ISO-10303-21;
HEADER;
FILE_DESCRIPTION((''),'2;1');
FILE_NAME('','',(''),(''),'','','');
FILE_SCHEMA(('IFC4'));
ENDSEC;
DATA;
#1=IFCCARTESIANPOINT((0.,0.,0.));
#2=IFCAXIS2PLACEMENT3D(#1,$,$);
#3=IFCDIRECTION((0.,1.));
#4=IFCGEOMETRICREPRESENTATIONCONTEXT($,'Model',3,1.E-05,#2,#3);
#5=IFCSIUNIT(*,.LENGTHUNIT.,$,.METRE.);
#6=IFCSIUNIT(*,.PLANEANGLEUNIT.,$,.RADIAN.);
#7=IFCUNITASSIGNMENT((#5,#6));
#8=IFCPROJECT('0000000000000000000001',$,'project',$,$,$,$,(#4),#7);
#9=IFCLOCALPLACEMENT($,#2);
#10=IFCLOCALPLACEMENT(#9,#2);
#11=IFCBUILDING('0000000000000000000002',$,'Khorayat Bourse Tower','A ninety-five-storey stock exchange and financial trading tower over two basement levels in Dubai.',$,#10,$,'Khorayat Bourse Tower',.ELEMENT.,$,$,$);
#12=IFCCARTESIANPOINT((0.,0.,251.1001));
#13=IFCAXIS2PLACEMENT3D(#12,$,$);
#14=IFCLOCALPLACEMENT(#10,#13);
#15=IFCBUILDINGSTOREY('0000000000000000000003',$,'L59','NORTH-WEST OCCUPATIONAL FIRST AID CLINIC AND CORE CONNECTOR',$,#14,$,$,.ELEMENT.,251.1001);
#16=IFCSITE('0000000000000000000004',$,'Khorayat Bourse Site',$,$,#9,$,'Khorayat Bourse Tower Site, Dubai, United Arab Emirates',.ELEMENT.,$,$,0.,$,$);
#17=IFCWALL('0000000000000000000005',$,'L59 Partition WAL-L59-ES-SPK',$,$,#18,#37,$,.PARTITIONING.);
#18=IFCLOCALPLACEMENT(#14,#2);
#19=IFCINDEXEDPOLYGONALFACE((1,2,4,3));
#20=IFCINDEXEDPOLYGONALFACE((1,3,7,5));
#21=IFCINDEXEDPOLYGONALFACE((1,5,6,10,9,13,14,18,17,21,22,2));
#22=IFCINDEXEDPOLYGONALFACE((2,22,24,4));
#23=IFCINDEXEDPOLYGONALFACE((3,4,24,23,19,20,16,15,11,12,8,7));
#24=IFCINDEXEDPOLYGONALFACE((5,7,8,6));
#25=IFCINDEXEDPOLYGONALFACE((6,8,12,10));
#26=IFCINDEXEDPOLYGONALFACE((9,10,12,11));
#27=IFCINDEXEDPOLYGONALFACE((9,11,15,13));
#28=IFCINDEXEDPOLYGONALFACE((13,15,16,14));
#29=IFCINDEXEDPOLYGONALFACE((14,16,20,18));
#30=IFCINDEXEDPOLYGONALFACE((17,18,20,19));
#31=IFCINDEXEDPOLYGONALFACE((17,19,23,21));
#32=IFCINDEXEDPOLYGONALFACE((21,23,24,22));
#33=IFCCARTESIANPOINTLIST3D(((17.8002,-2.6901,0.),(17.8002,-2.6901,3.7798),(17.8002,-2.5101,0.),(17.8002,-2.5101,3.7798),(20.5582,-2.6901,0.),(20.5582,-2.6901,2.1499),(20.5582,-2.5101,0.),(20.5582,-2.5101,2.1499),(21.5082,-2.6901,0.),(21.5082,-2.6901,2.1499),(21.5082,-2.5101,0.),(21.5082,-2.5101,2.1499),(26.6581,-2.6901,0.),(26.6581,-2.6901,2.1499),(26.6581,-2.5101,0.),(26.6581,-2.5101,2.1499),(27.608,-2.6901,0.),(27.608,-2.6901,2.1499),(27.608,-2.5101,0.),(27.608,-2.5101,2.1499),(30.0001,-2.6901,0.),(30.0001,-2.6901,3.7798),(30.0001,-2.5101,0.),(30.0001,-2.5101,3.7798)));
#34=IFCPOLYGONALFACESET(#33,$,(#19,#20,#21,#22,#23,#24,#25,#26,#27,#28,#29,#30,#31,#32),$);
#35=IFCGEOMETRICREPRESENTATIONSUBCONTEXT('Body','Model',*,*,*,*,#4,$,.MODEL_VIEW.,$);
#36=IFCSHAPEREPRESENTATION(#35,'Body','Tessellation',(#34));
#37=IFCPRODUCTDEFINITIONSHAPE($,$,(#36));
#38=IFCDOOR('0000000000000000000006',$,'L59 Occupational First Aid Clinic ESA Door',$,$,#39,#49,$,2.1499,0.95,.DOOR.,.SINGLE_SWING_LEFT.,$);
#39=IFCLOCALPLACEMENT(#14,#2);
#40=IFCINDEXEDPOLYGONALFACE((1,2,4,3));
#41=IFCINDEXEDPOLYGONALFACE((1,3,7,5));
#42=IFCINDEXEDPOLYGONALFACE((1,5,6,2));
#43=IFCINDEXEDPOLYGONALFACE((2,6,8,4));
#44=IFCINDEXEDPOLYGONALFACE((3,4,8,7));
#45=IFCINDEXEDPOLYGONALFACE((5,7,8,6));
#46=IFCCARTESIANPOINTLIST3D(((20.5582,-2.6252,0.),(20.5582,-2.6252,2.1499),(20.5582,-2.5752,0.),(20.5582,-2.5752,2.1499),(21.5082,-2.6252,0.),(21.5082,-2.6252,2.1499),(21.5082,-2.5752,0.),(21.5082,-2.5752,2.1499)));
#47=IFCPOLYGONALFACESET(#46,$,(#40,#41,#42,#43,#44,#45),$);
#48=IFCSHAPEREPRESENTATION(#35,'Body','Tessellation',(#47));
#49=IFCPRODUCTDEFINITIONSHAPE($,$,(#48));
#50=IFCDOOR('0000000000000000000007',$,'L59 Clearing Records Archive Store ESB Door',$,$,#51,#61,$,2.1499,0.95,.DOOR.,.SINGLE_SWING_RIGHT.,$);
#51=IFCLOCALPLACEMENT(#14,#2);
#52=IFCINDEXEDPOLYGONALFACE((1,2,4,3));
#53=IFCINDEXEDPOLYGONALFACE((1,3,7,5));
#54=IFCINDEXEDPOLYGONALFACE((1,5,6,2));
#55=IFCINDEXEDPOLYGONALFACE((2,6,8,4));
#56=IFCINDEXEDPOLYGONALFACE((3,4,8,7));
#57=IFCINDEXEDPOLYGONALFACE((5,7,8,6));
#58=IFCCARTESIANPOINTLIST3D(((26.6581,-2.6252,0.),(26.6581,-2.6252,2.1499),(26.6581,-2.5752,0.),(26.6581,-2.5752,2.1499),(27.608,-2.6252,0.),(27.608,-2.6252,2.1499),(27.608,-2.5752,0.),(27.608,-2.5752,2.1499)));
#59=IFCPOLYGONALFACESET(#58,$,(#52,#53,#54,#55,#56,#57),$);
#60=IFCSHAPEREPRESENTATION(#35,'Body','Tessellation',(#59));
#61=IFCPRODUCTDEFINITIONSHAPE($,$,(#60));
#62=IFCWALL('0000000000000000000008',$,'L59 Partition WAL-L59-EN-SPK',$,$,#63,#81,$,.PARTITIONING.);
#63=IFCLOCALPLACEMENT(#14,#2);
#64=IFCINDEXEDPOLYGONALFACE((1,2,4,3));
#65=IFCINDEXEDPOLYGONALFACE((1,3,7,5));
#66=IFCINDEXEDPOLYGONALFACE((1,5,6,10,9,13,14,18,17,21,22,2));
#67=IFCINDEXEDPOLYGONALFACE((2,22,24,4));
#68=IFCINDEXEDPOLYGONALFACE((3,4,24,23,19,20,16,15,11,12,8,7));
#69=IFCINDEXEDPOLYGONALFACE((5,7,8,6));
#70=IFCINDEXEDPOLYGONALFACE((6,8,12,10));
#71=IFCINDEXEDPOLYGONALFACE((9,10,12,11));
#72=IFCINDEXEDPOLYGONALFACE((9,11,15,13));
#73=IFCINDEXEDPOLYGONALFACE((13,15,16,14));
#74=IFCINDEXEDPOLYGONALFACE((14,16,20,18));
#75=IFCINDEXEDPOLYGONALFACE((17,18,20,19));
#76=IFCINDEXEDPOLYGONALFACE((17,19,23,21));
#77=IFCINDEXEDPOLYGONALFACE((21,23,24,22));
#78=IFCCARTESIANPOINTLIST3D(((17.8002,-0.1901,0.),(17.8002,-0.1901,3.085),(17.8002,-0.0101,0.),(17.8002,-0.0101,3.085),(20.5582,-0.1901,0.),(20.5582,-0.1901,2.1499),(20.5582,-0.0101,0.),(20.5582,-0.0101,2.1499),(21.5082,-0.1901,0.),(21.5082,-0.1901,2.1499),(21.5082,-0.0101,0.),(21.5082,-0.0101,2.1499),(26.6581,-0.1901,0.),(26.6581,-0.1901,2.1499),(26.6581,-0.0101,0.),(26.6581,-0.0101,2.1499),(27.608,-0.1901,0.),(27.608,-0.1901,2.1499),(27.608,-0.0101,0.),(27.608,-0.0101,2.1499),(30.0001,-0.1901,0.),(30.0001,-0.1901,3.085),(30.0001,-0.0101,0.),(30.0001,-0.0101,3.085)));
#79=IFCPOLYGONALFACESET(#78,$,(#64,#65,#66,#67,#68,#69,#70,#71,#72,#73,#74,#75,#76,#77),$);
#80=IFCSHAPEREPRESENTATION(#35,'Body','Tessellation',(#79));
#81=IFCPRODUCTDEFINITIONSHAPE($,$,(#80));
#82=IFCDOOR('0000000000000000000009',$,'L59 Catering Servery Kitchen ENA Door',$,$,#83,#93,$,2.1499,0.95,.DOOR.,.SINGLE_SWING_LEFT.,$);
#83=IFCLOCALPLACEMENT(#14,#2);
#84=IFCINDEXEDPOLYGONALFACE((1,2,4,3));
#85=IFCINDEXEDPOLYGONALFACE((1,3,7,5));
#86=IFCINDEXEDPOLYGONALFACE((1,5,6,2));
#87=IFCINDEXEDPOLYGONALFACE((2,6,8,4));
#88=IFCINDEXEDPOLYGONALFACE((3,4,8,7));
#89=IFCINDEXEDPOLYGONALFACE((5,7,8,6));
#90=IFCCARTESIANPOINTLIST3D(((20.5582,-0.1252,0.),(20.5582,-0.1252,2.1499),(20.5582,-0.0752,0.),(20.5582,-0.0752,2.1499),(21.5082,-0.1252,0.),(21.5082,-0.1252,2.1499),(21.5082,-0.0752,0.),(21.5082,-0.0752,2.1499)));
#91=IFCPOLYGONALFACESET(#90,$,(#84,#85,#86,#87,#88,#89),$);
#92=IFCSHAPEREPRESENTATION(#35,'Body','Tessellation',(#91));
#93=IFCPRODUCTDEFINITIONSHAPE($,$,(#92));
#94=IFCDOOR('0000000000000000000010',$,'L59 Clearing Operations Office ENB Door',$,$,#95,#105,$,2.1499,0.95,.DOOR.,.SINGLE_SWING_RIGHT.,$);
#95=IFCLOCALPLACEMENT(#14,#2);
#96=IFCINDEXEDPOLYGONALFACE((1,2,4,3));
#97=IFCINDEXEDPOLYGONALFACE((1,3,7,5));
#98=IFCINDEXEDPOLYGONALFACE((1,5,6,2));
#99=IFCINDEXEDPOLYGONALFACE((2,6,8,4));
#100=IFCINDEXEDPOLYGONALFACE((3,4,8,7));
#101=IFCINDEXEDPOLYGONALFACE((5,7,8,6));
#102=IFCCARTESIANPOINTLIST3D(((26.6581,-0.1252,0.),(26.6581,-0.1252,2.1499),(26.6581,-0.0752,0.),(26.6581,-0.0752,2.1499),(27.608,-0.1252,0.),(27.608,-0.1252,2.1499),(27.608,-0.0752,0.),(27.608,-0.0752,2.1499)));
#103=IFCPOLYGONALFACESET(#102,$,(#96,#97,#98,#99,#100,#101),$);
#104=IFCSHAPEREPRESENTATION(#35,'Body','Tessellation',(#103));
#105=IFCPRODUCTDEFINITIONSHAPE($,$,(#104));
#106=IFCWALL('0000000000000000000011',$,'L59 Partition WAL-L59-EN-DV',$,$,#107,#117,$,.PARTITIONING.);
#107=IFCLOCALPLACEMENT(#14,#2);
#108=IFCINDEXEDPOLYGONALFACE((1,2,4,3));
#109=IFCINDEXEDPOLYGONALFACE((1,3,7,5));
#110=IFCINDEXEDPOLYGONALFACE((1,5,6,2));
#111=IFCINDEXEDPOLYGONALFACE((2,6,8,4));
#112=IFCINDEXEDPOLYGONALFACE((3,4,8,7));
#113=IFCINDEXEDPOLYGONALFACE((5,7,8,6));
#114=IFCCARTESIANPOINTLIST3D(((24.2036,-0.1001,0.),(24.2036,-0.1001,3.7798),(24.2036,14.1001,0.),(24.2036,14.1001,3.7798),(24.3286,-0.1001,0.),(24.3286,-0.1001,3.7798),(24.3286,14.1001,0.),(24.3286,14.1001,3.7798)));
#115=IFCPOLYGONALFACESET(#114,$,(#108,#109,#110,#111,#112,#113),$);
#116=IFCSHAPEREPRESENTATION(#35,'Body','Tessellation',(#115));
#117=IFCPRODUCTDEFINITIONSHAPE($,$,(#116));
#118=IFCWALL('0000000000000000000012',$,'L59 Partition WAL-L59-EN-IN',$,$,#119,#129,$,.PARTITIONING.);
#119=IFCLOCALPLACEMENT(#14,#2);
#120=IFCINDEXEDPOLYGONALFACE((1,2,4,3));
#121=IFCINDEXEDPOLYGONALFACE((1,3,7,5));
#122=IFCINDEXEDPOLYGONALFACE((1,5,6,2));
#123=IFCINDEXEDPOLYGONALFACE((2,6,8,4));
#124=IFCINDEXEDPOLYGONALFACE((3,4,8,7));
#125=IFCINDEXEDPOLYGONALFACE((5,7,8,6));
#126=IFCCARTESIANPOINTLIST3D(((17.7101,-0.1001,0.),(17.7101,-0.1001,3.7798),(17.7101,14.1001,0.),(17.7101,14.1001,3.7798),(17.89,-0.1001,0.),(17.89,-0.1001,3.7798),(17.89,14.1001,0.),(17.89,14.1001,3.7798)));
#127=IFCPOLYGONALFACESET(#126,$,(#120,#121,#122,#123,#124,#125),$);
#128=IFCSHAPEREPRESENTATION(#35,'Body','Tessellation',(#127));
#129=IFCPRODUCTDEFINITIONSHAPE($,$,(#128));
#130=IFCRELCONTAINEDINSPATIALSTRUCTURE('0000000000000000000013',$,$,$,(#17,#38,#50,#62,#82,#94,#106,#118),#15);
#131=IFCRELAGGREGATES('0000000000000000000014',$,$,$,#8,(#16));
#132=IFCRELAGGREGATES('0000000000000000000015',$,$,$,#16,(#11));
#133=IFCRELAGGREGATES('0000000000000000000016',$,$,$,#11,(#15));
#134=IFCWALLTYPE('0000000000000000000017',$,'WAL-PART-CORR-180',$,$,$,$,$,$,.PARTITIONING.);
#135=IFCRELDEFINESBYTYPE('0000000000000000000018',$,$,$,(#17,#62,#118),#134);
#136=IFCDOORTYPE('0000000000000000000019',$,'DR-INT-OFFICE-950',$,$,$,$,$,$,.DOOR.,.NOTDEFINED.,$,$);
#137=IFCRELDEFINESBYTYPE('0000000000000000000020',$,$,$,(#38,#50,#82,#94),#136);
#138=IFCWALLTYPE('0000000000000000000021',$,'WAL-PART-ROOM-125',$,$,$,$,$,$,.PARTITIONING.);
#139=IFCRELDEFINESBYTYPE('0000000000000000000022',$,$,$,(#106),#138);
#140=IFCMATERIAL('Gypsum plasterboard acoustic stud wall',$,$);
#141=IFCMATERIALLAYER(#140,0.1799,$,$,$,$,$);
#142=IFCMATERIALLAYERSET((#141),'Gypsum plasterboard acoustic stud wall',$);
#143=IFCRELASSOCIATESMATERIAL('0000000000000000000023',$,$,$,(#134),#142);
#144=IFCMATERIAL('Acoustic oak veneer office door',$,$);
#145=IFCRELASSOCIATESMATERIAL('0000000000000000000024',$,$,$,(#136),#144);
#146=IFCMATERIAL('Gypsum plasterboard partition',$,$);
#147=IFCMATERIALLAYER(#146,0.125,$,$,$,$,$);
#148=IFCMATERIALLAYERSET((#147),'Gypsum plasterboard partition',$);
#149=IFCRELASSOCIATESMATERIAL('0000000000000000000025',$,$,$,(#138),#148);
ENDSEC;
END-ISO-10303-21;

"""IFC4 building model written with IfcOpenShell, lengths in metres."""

from ifc_helpers import new_model, si_unit, direction, frame, frame_2d, origin, place, context, subcontext, project, spatial, rectangle, extrude, source, transform, mapped, material, layer, layer_set, type_object, element, fill, save


model = new_model("IFC4")

# Units and contexts
model_context = context("Model", 3, precision=1e-05, world=origin(), true_north=direction((0.0, 1.0)))
body_context = subcontext(model_context, "Body", "Model", "MODEL_VIEW")
ifc_project = project(units=[si_unit("LENGTHUNIT", "METRE"), si_unit("PLANEANGLEUNIT", "RADIAN")], contexts=[model_context])

# Site, building, storey
site_placement = place(None, origin())
site = spatial("IfcSite", under=ifc_project, at=site_placement, Name="Khorayat Bourse Site", LongName="Khorayat Bourse Tower Site, Dubai, United Arab Emirates", CompositionType="ELEMENT", RefElevation=0.0)
building_placement = place(site_placement, origin())
building = spatial("IfcBuilding", under=site, at=building_placement, Name="Khorayat Bourse Tower", Description="A ninety-five-storey stock exchange and financial trading tower over two basement levels in Dubai.", LongName="Khorayat Bourse Tower", CompositionType="ELEMENT")
storey_placement = place(building_placement, frame((0.0, 0.0, 251.1001)))
storey = spatial("IfcBuildingStorey", under=building, at=storey_placement, Name="L59", Description="NORTH-WEST OCCUPATIONAL FIRST AID CLINIC AND CORE CONNECTOR", CompositionType="ELEMENT", Elevation=251.1001)

# Shared definitions
ifc_material_1 = material(Name="Gypsum plasterboard acoustic stud wall")
ifc_layer_1 = layer(ifc_material_1, 0.1799)
ifc_layer_set_1 = layer_set([ifc_layer_1], Name="Gypsum plasterboard acoustic stud wall")
wall_type_1 = type_object("IfcWallType", Name="WAL-PART-CORR-180", PredefinedType="PARTITIONING", material=ifc_layer_set_1)

# Walls, openings, doors
shared_shape_1 = source(origin(), body_context, "Body", "SweptSolid", [
    extrude(rectangle(XDim=12.2, YDim=0.1799, at=frame_2d((6.1001, 0.0))), origin(), (0.0, 0.0, 1.0), 3.7798),
])
wall_1_placement = place(storey_placement, frame((17.8, -2.6001, 0.0), z_axis=(0.0, 0.0, 1.0), x_axis=(1.0, 0.0, 0.0)))
wall_1 = element("IfcWall", 1, at=wall_1_placement, inside=storey, type_object=wall_type_1, Name="L59 Partition WAL-L59-ES-SPK", PredefinedType="PARTITIONING", context=body_context, shape_type="MappedRepresentation", body=[
    mapped(shared_shape_1, transform((0.0, 0.0, 0.0), scale=1.0)),
])
shared_shape_2 = source(origin(), body_context, "Body", "SweptSolid", [
    extrude(rectangle(XDim=0.95, YDim=2.1499, at=frame_2d((0.4751, 1.075))), frame((0.0, 0.0999, 0.0), z_axis=(0.0, -1.0, 0.0), x_axis=(1.0, 0.0, 0.0)), (0.0, 0.0, 1.0), 0.2),
])
opening_1_placement = place(wall_1_placement, frame((2.7581, 0.0, 0.0)))
opening_1 = element("IfcOpeningElement", 2, at=opening_1_placement, cuts=wall_1, PredefinedType="OPENING", context=body_context, shape_type="MappedRepresentation", body=[
    mapped(shared_shape_2, transform((0.0, 0.0, 0.0), scale=1.0)),
])
opening_2_placement = place(wall_1_placement, frame((8.8579, 0.0, 0.0)))
opening_2 = element("IfcOpeningElement", 3, at=opening_2_placement, cuts=wall_1, PredefinedType="OPENING", context=body_context, shape_type="MappedRepresentation", body=[
    mapped(shared_shape_2, transform((0.0, 0.0, 0.0), scale=1.0)),
])
ifc_material_2 = material(Name="Acoustic oak veneer office door")
door_type = type_object("IfcDoorType", Name="DR-INT-OFFICE-950", OperationType="NOTDEFINED", PredefinedType="DOOR", material=ifc_material_2)
shared_shape_3 = source(origin(), body_context, "Body", "SweptSolid", [
    extrude(rectangle(XDim=0.95, YDim=2.1499, at=frame_2d((0.4751, 1.075))), frame((0.0, 0.0249, 0.0), z_axis=(0.0, -1.0, 0.0), x_axis=(1.0, 0.0, 0.0)), (0.0, 0.0, 1.0), 0.05),
])
door_1_placement = place(opening_1_placement, origin())
door_1 = element("IfcDoor", 4, at=door_1_placement, inside=storey, type_object=door_type, Name="L59 Occupational First Aid Clinic ESA Door", OperationType="SINGLE_SWING_LEFT", OverallHeight=2.1499, OverallWidth=0.95, PredefinedType="DOOR", context=body_context, shape_type="MappedRepresentation", body=[
    mapped(shared_shape_3, transform((0.0, 0.0, 0.0), scale=1.0)),
])
fill(opening_1, door_1)
door_2_placement = place(opening_2_placement, origin())
door_2 = element("IfcDoor", 5, at=door_2_placement, inside=storey, type_object=door_type, Name="L59 Clearing Records Archive Store ESB Door", OperationType="SINGLE_SWING_RIGHT", OverallHeight=2.1499, OverallWidth=0.95, PredefinedType="DOOR", context=body_context, shape_type="MappedRepresentation", body=[
    mapped(shared_shape_3, transform((0.0, 0.0, 0.0), scale=1.0)),
])
fill(opening_2, door_2)
shared_shape_4 = source(origin(), body_context, "Body", "SweptSolid", [
    extrude(rectangle(XDim=12.2, YDim=0.1799, at=frame_2d((6.1001, 0.0))), origin(), (0.0, 0.0, 1.0), 3.085),
])
wall_2_placement = place(storey_placement, frame((17.8, -0.1001, 0.0), z_axis=(0.0, 0.0, 1.0), x_axis=(1.0, 0.0, 0.0)))
wall_2 = element("IfcWall", 6, at=wall_2_placement, inside=storey, type_object=wall_type_1, Name="L59 Partition WAL-L59-EN-SPK", PredefinedType="PARTITIONING", context=body_context, shape_type="MappedRepresentation", body=[
    mapped(shared_shape_4, transform((0.0, 0.0, 0.0), scale=1.0)),
])
opening_3_placement = place(wall_2_placement, frame((2.7581, 0.0, 0.0)))
opening_3 = element("IfcOpeningElement", 7, at=opening_3_placement, cuts=wall_2, PredefinedType="OPENING", context=body_context, shape_type="MappedRepresentation", body=[
    mapped(shared_shape_2, transform((0.0, 0.0, 0.0), scale=1.0)),
])
opening_4_placement = place(wall_2_placement, frame((8.8579, 0.0, 0.0)))
opening_4 = element("IfcOpeningElement", 8, at=opening_4_placement, cuts=wall_2, PredefinedType="OPENING", context=body_context, shape_type="MappedRepresentation", body=[
    mapped(shared_shape_2, transform((0.0, 0.0, 0.0), scale=1.0)),
])
door_3_placement = place(opening_3_placement, origin())
door_3 = element("IfcDoor", 9, at=door_3_placement, inside=storey, type_object=door_type, Name="L59 Catering Servery Kitchen ENA Door", OperationType="SINGLE_SWING_LEFT", OverallHeight=2.1499, OverallWidth=0.95, PredefinedType="DOOR", context=body_context, shape_type="MappedRepresentation", body=[
    mapped(shared_shape_3, transform((0.0, 0.0, 0.0), scale=1.0)),
])
fill(opening_3, door_3)
door_4_placement = place(opening_4_placement, origin())
door_4 = element("IfcDoor", 10, at=door_4_placement, inside=storey, type_object=door_type, Name="L59 Clearing Operations Office ENB Door", OperationType="SINGLE_SWING_RIGHT", OverallHeight=2.1499, OverallWidth=0.95, PredefinedType="DOOR", context=body_context, shape_type="MappedRepresentation", body=[
    mapped(shared_shape_3, transform((0.0, 0.0, 0.0), scale=1.0)),
])
fill(opening_4, door_4)

# Walls
ifc_material_3 = material(Name="Gypsum plasterboard partition")
ifc_layer_2 = layer(ifc_material_3, 0.125)
ifc_layer_set_2 = layer_set([ifc_layer_2], Name="Gypsum plasterboard partition")
wall_type_2 = type_object("IfcWallType", Name="WAL-PART-ROOM-125", PredefinedType="PARTITIONING", material=ifc_layer_set_2)
shared_shape_5 = source(origin(), body_context, "Body", "SweptSolid", [
    extrude(rectangle(XDim=14.2002, YDim=0.125, at=frame_2d((7.1001, 0.0))), origin(), (0.0, 0.0, 1.0), 3.7798),
])
wall_3_placement = place(storey_placement, frame((24.2661, -0.1001, 0.0), z_axis=(0.0, 0.0, 1.0), x_axis=(0.0, 1.0, 0.0)))
element("IfcWall", 11, at=wall_3_placement, inside=storey, type_object=wall_type_2, Name="L59 Partition WAL-L59-EN-DV", PredefinedType="PARTITIONING", context=body_context, shape_type="MappedRepresentation", body=[
    mapped(shared_shape_5, transform((0.0, 0.0, 0.0), scale=1.0)),
])
shared_shape_6 = source(origin(), body_context, "Body", "SweptSolid", [
    extrude(rectangle(XDim=14.2002, YDim=0.1799, at=frame_2d((7.1001, 0.0))), origin(), (0.0, 0.0, 1.0), 3.7798),
])
wall_4_placement = place(storey_placement, frame((17.8, -0.1001, 0.0), z_axis=(0.0, 0.0, 1.0), x_axis=(0.0, 1.0, 0.0)))
element("IfcWall", 12, at=wall_4_placement, inside=storey, type_object=wall_type_1, Name="L59 Partition WAL-L59-EN-IN", PredefinedType="PARTITIONING", context=body_context, shape_type="MappedRepresentation", body=[
    mapped(shared_shape_6, transform((0.0, 0.0, 0.0), scale=1.0)),
])

save(model, "model.ifc")
